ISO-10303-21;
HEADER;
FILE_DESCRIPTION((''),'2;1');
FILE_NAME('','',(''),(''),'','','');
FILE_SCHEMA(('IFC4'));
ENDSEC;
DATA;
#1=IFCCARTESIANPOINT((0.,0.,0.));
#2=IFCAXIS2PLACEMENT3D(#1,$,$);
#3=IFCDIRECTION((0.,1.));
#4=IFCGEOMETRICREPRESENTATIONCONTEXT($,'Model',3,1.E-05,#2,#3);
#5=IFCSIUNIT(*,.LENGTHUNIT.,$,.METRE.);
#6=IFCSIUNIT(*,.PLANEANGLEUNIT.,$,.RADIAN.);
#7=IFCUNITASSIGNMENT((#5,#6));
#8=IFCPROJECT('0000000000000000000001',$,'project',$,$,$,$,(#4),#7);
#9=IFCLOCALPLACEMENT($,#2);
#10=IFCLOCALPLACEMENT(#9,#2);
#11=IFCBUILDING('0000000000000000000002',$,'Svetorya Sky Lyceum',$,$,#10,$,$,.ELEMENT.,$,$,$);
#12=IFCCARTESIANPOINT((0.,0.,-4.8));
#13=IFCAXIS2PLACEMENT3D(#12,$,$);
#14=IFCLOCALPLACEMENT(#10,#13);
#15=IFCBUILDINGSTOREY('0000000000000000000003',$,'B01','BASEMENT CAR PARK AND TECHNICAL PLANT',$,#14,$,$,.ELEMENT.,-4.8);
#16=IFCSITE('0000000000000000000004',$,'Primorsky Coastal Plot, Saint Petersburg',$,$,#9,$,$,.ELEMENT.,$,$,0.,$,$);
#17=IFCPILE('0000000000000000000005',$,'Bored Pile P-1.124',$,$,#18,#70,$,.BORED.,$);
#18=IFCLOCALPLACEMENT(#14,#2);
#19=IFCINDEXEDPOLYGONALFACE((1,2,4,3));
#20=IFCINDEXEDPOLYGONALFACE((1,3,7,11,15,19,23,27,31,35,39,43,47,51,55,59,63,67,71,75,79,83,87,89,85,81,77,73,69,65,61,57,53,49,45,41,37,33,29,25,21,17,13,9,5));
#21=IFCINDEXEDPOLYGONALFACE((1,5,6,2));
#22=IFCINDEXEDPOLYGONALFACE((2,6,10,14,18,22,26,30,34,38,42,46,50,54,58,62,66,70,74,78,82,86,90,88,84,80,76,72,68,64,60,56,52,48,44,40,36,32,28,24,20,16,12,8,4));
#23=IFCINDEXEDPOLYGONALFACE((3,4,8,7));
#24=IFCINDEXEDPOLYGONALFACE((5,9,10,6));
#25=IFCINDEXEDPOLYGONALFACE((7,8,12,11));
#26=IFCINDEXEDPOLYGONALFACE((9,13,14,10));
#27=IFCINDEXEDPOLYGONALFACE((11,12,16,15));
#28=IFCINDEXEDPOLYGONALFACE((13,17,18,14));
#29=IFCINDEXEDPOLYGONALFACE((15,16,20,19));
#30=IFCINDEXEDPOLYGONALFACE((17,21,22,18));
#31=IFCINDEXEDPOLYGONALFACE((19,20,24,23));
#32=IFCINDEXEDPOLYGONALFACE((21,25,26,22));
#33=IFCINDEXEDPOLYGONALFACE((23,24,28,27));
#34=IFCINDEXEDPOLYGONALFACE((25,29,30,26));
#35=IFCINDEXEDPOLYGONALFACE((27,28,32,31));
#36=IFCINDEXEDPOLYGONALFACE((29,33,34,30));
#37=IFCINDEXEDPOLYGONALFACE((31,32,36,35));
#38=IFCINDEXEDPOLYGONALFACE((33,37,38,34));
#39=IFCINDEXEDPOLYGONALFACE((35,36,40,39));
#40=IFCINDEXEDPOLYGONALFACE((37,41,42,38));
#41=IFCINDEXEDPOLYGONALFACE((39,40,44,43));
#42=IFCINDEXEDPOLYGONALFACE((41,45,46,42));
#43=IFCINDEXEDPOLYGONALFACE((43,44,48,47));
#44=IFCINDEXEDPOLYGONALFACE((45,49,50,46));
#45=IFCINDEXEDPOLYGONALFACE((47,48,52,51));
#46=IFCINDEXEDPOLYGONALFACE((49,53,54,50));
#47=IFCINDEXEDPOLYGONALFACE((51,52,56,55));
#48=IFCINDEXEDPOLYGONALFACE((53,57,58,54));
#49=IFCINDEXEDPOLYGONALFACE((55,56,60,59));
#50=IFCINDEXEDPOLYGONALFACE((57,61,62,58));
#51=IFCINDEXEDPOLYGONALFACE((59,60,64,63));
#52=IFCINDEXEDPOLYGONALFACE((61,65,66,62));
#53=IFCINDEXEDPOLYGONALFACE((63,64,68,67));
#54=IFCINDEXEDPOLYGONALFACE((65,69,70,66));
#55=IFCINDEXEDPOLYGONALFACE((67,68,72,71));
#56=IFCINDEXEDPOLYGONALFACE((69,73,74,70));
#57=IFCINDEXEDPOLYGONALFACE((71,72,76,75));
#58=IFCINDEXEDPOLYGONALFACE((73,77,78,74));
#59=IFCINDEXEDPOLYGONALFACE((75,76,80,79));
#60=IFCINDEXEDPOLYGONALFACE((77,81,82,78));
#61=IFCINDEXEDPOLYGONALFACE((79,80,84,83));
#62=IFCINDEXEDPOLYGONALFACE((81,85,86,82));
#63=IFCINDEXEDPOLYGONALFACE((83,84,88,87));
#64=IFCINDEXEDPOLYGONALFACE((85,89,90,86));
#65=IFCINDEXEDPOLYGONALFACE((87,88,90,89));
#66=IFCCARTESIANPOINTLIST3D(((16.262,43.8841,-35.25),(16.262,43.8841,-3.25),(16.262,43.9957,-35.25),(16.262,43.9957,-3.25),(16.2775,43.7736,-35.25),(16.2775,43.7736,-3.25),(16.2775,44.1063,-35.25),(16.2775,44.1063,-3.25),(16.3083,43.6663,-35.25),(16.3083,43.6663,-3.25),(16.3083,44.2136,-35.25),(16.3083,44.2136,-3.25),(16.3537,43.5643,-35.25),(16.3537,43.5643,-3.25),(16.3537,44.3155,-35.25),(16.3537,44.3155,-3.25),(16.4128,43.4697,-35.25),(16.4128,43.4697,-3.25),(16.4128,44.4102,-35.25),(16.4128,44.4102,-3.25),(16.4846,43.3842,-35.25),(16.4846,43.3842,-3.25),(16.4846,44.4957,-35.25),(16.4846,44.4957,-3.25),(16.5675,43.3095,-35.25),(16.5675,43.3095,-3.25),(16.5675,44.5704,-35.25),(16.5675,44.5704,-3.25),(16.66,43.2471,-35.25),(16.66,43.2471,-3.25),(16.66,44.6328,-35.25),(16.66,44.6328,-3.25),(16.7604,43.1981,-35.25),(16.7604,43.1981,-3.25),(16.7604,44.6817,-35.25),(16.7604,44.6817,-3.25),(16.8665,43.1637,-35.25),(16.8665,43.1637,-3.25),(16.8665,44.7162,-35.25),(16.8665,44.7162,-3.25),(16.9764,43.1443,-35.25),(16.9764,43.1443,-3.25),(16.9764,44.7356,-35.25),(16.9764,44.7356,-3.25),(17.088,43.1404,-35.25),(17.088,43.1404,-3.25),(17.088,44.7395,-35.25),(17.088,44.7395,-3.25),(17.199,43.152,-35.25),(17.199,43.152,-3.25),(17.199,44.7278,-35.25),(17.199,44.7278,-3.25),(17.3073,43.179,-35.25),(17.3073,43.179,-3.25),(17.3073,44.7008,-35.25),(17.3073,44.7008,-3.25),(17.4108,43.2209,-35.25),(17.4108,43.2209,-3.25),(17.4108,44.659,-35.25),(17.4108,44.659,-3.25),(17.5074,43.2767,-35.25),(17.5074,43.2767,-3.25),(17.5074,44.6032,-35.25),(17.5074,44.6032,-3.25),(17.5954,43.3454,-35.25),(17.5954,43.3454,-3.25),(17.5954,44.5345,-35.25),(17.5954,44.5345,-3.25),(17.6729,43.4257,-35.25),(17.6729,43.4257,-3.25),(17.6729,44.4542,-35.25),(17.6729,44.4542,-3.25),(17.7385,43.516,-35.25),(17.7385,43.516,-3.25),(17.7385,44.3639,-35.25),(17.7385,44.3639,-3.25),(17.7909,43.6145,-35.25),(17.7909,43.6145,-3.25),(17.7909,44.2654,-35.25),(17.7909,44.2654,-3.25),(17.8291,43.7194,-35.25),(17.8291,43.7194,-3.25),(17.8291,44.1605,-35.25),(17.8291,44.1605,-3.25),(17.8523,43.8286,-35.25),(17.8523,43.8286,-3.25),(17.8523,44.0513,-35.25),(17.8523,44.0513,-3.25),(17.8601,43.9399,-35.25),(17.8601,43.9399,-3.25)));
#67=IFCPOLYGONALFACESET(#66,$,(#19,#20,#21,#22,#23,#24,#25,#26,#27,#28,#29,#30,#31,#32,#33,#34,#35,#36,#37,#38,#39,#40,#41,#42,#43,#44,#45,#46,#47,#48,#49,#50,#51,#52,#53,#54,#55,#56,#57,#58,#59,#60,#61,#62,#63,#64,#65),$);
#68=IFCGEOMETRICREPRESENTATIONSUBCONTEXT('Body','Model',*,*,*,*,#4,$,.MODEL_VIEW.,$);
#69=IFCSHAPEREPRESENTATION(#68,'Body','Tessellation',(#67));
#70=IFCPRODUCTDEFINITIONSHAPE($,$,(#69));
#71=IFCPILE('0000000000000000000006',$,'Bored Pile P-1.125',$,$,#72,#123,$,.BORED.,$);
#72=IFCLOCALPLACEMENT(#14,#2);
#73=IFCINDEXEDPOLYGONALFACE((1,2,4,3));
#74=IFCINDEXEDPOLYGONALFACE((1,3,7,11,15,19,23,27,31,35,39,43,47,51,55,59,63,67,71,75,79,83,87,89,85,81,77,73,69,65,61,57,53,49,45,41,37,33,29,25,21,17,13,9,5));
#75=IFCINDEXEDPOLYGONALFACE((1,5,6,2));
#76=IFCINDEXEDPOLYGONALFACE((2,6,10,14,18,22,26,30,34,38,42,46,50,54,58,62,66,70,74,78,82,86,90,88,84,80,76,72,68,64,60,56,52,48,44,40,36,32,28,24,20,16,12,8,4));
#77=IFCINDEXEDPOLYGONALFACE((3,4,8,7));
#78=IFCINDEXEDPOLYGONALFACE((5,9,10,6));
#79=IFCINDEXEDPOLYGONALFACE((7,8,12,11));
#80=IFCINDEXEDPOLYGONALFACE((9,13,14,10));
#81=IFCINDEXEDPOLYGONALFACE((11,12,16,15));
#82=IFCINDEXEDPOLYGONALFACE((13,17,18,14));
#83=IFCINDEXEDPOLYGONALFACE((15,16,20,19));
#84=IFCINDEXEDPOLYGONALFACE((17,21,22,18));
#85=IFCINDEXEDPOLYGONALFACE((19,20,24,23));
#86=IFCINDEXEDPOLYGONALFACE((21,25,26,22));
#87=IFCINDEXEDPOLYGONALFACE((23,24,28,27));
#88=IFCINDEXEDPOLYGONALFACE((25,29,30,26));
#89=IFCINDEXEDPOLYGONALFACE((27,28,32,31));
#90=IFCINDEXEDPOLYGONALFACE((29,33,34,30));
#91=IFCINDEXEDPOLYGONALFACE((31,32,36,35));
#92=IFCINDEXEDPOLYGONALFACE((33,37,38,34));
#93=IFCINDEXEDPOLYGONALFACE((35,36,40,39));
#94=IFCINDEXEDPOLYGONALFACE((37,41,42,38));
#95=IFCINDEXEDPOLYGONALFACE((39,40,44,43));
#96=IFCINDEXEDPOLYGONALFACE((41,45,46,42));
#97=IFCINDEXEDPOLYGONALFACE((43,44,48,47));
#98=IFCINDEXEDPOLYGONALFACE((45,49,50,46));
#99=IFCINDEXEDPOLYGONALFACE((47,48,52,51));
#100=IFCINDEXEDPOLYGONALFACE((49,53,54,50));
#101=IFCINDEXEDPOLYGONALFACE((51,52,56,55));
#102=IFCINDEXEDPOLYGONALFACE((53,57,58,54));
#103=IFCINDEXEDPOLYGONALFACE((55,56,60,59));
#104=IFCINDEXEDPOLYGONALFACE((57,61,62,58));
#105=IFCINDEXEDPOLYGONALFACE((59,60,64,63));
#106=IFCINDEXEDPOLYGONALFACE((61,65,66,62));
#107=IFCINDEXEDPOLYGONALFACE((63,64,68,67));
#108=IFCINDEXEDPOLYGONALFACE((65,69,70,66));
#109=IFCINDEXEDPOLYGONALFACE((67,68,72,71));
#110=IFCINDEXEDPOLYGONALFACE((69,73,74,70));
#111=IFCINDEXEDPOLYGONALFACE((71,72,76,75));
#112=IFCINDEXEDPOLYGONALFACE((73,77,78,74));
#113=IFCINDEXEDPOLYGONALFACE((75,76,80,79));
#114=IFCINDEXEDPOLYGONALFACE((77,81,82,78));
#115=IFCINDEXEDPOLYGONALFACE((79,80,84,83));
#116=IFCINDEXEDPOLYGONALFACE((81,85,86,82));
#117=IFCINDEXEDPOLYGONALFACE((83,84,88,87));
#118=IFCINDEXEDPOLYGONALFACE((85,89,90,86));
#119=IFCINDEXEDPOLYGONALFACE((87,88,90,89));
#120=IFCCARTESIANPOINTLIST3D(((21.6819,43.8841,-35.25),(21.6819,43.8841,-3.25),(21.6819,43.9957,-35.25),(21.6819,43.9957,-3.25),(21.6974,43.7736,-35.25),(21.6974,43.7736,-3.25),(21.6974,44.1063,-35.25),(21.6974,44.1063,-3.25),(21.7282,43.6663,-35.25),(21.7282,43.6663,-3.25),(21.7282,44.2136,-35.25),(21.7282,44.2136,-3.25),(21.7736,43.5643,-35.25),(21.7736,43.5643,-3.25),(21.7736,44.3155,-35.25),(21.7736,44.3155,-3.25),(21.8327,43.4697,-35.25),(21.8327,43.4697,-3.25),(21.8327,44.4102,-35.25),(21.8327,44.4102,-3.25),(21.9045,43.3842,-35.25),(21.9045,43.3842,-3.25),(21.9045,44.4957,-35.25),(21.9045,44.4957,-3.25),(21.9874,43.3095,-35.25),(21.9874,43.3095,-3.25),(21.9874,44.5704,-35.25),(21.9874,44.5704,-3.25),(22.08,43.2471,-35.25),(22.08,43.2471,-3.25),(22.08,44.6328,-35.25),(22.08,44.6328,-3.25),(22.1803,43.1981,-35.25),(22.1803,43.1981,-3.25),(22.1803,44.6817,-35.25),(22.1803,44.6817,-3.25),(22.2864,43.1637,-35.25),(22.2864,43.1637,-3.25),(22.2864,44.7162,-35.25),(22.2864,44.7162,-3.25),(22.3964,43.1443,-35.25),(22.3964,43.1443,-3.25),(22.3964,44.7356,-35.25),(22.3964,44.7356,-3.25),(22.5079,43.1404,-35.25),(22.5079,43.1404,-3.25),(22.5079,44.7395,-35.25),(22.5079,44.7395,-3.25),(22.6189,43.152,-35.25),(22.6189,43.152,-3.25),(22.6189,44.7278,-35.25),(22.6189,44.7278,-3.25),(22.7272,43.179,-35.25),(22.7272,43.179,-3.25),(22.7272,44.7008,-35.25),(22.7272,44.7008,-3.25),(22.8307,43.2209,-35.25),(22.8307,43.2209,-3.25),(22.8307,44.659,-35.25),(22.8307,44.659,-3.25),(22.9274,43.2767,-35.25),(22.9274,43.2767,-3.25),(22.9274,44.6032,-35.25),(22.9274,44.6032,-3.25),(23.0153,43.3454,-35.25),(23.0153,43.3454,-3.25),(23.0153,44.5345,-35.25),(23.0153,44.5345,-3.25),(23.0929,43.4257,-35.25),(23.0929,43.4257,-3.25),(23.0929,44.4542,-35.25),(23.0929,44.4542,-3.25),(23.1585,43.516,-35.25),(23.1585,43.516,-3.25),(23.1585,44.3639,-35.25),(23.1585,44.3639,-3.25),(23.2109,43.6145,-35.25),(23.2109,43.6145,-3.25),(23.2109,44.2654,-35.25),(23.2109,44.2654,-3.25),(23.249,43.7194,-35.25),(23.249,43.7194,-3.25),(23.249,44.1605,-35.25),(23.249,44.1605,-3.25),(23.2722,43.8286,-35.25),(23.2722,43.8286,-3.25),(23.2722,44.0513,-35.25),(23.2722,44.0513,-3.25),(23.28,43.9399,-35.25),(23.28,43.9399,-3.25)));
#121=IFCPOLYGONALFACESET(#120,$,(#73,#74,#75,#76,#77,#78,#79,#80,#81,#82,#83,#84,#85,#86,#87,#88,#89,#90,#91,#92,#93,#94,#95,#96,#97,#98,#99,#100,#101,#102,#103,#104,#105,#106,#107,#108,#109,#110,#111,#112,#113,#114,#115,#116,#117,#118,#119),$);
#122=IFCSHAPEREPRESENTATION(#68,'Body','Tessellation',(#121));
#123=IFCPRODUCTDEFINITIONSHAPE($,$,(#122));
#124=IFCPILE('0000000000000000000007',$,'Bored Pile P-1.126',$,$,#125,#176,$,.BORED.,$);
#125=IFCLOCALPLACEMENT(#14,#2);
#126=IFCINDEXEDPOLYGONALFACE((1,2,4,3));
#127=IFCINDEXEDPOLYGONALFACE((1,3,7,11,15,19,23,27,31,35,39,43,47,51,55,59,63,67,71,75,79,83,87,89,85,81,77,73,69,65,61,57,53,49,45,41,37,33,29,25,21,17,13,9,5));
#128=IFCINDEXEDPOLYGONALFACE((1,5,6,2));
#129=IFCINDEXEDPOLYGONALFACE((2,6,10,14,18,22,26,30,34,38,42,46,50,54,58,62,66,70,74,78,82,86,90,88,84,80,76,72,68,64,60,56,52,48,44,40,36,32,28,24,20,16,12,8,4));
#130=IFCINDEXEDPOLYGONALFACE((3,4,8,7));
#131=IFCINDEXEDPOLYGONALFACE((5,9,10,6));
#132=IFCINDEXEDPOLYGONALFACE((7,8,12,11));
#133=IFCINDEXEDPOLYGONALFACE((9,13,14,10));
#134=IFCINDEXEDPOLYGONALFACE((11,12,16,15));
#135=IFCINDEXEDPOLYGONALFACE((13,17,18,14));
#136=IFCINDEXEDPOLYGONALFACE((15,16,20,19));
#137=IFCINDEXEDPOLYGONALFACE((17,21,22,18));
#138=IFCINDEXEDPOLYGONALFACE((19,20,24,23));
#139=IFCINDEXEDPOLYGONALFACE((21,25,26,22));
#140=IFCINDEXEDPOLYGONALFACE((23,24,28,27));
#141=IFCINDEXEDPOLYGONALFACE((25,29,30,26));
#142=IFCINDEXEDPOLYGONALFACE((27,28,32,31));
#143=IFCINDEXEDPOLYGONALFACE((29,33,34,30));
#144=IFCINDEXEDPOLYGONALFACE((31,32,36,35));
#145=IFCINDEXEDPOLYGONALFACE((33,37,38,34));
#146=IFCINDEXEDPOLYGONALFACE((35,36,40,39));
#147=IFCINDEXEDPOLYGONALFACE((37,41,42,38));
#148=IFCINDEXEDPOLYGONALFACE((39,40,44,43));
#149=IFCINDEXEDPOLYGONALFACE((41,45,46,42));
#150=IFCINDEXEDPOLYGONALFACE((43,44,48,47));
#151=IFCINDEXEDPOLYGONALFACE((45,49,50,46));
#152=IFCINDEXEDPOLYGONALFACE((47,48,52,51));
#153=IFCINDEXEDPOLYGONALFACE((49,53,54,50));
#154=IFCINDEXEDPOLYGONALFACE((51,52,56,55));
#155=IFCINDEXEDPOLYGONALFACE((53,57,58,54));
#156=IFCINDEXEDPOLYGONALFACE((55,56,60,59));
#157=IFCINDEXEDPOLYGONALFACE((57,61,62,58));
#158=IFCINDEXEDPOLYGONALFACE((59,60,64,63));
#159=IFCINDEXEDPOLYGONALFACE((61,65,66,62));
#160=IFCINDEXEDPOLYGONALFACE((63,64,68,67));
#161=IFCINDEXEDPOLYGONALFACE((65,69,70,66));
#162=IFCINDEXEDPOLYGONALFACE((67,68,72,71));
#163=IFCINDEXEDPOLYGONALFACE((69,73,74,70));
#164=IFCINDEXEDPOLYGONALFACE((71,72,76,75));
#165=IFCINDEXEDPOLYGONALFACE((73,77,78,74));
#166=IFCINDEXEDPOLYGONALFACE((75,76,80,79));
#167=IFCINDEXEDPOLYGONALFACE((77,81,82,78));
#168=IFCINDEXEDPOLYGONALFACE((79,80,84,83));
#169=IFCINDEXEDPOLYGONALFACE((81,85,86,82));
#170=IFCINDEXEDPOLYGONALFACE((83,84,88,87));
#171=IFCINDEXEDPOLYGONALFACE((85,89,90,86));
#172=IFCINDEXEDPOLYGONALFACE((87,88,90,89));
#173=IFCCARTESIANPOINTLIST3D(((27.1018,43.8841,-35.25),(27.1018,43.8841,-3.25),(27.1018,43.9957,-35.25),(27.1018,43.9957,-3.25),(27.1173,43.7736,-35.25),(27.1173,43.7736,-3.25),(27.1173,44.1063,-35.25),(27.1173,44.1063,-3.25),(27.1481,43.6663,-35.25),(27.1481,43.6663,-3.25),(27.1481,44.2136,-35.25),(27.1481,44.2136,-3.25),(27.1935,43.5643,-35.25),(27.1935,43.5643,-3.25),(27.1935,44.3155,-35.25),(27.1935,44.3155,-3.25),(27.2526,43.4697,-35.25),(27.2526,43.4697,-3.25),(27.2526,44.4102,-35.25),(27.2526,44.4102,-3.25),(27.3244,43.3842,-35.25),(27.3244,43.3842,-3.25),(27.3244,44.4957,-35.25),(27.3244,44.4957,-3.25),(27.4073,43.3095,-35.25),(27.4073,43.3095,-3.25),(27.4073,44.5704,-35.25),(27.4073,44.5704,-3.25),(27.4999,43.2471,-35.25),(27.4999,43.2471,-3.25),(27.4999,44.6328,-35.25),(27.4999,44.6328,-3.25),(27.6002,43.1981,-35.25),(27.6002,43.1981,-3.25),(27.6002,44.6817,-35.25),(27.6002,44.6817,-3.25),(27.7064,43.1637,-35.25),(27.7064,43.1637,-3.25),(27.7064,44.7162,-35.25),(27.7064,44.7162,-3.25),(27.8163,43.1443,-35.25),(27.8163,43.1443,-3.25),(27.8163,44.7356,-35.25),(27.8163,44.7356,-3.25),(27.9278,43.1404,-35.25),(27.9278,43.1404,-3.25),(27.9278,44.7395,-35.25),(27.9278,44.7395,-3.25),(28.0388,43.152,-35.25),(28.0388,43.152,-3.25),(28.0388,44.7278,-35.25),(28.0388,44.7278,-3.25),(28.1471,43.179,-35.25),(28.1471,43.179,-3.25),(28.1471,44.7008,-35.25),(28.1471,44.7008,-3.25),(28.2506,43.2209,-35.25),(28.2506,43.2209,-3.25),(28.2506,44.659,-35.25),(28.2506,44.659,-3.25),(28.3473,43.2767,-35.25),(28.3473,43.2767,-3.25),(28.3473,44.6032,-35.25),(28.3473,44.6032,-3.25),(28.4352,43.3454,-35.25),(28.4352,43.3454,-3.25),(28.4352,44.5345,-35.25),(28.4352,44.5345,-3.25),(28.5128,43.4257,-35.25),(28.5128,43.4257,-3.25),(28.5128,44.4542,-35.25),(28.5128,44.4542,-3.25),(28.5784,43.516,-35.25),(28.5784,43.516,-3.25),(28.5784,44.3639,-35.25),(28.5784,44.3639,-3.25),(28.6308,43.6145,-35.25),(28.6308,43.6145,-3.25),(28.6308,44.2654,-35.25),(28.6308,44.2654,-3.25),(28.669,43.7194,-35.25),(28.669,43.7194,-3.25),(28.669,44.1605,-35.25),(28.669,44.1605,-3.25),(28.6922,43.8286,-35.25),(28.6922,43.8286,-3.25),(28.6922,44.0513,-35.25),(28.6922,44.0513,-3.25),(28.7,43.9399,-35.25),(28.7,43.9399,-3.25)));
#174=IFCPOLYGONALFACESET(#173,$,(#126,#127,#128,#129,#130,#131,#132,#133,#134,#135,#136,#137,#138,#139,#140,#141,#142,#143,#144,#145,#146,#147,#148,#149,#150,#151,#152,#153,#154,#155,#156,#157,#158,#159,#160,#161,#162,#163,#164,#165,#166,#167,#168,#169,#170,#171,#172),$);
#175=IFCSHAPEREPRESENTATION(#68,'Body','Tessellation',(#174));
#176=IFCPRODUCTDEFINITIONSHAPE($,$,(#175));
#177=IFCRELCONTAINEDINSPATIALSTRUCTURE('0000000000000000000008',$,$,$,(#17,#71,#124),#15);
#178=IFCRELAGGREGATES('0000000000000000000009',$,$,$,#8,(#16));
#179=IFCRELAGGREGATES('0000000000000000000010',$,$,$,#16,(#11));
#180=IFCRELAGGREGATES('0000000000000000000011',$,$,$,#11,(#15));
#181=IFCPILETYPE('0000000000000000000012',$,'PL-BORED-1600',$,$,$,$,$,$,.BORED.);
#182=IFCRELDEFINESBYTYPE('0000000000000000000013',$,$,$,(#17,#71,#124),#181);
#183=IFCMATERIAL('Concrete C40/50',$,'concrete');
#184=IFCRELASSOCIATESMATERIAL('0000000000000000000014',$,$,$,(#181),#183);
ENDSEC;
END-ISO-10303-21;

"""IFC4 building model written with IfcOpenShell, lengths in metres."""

from ifc_helpers import new_model, si_unit, direction, frame, origin, origin_2d, place, context, subcontext, project, spatial, circle, extrude, material, material_profile, profile_set, type_object, element, save


model = new_model("IFC4")

# Units and contexts
model_context = context("Model", 3, precision=1e-05, world=origin(), true_north=direction((0.0, 1.0)))
body_context = subcontext(model_context, "Body", "Model", "MODEL_VIEW")
ifc_project = project(units=[si_unit("LENGTHUNIT", "METRE"), si_unit("PLANEANGLEUNIT", "RADIAN")], contexts=[model_context])

# Site, building, storey
site_placement = place(None, origin())
site = spatial("IfcSite", under=ifc_project, at=site_placement, Name="Primorsky Coastal Plot, Saint Petersburg", CompositionType="ELEMENT", RefElevation=0.0)
building_placement = place(site_placement, origin())
building = spatial("IfcBuilding", under=site, at=building_placement, Name="Svetorya Sky Lyceum", CompositionType="ELEMENT")
storey_placement = place(building_placement, frame((0.0, 0.0, -4.8)))
storey = spatial("IfcBuildingStorey", under=building, at=storey_placement, Name="B01", Description="BASEMENT CAR PARK AND TECHNICAL PLANT", CompositionType="ELEMENT", Elevation=-4.8)

# Piles
ifc_material_1 = material(Name="Concrete C40/50", Category="concrete")
ifc_material_profile_1 = material_profile(ifc_material_1, circle(Radius=0.8, at=origin_2d()), Name="RC PILE D1600")
ifc_profile_set_1 = profile_set([ifc_material_profile_1], Name="Concrete C40/50")
pile_type = type_object("IfcPileType", Name="PL-BORED-1600", PredefinedType="BORED", material=ifc_profile_set_1)
for number, where, z_axis, x_axis, name in (
    (1, (17.0601, 43.9399, -3.25), (0.0, 0.0, -1.0), (1.0, 0.0, 0.0), "Bored Pile P-1.124"),
    (2, (22.48, 43.9399, -3.25), (0.0, 0.0, -1.0), (1.0, 0.0, 0.0), "Bored Pile P-1.125"),
    (3, (27.8999, 43.9399, -3.25), (0.0, 0.0, -1.0), (1.0, 0.0, 0.0), "Bored Pile P-1.126"),
):
    element("IfcPile", number, at=place(storey_placement, frame(where, z_axis=z_axis, x_axis=x_axis)), inside=storey, type_object=pile_type, Name=name, PredefinedType="BORED", context=body_context, shape_type="SweptSolid", body=[
        extrude(circle(Radius=0.8, at=origin_2d()), origin(), (0.0, 0.0, 1.0), 32.0),
    ])

save(model, "model.ifc")
